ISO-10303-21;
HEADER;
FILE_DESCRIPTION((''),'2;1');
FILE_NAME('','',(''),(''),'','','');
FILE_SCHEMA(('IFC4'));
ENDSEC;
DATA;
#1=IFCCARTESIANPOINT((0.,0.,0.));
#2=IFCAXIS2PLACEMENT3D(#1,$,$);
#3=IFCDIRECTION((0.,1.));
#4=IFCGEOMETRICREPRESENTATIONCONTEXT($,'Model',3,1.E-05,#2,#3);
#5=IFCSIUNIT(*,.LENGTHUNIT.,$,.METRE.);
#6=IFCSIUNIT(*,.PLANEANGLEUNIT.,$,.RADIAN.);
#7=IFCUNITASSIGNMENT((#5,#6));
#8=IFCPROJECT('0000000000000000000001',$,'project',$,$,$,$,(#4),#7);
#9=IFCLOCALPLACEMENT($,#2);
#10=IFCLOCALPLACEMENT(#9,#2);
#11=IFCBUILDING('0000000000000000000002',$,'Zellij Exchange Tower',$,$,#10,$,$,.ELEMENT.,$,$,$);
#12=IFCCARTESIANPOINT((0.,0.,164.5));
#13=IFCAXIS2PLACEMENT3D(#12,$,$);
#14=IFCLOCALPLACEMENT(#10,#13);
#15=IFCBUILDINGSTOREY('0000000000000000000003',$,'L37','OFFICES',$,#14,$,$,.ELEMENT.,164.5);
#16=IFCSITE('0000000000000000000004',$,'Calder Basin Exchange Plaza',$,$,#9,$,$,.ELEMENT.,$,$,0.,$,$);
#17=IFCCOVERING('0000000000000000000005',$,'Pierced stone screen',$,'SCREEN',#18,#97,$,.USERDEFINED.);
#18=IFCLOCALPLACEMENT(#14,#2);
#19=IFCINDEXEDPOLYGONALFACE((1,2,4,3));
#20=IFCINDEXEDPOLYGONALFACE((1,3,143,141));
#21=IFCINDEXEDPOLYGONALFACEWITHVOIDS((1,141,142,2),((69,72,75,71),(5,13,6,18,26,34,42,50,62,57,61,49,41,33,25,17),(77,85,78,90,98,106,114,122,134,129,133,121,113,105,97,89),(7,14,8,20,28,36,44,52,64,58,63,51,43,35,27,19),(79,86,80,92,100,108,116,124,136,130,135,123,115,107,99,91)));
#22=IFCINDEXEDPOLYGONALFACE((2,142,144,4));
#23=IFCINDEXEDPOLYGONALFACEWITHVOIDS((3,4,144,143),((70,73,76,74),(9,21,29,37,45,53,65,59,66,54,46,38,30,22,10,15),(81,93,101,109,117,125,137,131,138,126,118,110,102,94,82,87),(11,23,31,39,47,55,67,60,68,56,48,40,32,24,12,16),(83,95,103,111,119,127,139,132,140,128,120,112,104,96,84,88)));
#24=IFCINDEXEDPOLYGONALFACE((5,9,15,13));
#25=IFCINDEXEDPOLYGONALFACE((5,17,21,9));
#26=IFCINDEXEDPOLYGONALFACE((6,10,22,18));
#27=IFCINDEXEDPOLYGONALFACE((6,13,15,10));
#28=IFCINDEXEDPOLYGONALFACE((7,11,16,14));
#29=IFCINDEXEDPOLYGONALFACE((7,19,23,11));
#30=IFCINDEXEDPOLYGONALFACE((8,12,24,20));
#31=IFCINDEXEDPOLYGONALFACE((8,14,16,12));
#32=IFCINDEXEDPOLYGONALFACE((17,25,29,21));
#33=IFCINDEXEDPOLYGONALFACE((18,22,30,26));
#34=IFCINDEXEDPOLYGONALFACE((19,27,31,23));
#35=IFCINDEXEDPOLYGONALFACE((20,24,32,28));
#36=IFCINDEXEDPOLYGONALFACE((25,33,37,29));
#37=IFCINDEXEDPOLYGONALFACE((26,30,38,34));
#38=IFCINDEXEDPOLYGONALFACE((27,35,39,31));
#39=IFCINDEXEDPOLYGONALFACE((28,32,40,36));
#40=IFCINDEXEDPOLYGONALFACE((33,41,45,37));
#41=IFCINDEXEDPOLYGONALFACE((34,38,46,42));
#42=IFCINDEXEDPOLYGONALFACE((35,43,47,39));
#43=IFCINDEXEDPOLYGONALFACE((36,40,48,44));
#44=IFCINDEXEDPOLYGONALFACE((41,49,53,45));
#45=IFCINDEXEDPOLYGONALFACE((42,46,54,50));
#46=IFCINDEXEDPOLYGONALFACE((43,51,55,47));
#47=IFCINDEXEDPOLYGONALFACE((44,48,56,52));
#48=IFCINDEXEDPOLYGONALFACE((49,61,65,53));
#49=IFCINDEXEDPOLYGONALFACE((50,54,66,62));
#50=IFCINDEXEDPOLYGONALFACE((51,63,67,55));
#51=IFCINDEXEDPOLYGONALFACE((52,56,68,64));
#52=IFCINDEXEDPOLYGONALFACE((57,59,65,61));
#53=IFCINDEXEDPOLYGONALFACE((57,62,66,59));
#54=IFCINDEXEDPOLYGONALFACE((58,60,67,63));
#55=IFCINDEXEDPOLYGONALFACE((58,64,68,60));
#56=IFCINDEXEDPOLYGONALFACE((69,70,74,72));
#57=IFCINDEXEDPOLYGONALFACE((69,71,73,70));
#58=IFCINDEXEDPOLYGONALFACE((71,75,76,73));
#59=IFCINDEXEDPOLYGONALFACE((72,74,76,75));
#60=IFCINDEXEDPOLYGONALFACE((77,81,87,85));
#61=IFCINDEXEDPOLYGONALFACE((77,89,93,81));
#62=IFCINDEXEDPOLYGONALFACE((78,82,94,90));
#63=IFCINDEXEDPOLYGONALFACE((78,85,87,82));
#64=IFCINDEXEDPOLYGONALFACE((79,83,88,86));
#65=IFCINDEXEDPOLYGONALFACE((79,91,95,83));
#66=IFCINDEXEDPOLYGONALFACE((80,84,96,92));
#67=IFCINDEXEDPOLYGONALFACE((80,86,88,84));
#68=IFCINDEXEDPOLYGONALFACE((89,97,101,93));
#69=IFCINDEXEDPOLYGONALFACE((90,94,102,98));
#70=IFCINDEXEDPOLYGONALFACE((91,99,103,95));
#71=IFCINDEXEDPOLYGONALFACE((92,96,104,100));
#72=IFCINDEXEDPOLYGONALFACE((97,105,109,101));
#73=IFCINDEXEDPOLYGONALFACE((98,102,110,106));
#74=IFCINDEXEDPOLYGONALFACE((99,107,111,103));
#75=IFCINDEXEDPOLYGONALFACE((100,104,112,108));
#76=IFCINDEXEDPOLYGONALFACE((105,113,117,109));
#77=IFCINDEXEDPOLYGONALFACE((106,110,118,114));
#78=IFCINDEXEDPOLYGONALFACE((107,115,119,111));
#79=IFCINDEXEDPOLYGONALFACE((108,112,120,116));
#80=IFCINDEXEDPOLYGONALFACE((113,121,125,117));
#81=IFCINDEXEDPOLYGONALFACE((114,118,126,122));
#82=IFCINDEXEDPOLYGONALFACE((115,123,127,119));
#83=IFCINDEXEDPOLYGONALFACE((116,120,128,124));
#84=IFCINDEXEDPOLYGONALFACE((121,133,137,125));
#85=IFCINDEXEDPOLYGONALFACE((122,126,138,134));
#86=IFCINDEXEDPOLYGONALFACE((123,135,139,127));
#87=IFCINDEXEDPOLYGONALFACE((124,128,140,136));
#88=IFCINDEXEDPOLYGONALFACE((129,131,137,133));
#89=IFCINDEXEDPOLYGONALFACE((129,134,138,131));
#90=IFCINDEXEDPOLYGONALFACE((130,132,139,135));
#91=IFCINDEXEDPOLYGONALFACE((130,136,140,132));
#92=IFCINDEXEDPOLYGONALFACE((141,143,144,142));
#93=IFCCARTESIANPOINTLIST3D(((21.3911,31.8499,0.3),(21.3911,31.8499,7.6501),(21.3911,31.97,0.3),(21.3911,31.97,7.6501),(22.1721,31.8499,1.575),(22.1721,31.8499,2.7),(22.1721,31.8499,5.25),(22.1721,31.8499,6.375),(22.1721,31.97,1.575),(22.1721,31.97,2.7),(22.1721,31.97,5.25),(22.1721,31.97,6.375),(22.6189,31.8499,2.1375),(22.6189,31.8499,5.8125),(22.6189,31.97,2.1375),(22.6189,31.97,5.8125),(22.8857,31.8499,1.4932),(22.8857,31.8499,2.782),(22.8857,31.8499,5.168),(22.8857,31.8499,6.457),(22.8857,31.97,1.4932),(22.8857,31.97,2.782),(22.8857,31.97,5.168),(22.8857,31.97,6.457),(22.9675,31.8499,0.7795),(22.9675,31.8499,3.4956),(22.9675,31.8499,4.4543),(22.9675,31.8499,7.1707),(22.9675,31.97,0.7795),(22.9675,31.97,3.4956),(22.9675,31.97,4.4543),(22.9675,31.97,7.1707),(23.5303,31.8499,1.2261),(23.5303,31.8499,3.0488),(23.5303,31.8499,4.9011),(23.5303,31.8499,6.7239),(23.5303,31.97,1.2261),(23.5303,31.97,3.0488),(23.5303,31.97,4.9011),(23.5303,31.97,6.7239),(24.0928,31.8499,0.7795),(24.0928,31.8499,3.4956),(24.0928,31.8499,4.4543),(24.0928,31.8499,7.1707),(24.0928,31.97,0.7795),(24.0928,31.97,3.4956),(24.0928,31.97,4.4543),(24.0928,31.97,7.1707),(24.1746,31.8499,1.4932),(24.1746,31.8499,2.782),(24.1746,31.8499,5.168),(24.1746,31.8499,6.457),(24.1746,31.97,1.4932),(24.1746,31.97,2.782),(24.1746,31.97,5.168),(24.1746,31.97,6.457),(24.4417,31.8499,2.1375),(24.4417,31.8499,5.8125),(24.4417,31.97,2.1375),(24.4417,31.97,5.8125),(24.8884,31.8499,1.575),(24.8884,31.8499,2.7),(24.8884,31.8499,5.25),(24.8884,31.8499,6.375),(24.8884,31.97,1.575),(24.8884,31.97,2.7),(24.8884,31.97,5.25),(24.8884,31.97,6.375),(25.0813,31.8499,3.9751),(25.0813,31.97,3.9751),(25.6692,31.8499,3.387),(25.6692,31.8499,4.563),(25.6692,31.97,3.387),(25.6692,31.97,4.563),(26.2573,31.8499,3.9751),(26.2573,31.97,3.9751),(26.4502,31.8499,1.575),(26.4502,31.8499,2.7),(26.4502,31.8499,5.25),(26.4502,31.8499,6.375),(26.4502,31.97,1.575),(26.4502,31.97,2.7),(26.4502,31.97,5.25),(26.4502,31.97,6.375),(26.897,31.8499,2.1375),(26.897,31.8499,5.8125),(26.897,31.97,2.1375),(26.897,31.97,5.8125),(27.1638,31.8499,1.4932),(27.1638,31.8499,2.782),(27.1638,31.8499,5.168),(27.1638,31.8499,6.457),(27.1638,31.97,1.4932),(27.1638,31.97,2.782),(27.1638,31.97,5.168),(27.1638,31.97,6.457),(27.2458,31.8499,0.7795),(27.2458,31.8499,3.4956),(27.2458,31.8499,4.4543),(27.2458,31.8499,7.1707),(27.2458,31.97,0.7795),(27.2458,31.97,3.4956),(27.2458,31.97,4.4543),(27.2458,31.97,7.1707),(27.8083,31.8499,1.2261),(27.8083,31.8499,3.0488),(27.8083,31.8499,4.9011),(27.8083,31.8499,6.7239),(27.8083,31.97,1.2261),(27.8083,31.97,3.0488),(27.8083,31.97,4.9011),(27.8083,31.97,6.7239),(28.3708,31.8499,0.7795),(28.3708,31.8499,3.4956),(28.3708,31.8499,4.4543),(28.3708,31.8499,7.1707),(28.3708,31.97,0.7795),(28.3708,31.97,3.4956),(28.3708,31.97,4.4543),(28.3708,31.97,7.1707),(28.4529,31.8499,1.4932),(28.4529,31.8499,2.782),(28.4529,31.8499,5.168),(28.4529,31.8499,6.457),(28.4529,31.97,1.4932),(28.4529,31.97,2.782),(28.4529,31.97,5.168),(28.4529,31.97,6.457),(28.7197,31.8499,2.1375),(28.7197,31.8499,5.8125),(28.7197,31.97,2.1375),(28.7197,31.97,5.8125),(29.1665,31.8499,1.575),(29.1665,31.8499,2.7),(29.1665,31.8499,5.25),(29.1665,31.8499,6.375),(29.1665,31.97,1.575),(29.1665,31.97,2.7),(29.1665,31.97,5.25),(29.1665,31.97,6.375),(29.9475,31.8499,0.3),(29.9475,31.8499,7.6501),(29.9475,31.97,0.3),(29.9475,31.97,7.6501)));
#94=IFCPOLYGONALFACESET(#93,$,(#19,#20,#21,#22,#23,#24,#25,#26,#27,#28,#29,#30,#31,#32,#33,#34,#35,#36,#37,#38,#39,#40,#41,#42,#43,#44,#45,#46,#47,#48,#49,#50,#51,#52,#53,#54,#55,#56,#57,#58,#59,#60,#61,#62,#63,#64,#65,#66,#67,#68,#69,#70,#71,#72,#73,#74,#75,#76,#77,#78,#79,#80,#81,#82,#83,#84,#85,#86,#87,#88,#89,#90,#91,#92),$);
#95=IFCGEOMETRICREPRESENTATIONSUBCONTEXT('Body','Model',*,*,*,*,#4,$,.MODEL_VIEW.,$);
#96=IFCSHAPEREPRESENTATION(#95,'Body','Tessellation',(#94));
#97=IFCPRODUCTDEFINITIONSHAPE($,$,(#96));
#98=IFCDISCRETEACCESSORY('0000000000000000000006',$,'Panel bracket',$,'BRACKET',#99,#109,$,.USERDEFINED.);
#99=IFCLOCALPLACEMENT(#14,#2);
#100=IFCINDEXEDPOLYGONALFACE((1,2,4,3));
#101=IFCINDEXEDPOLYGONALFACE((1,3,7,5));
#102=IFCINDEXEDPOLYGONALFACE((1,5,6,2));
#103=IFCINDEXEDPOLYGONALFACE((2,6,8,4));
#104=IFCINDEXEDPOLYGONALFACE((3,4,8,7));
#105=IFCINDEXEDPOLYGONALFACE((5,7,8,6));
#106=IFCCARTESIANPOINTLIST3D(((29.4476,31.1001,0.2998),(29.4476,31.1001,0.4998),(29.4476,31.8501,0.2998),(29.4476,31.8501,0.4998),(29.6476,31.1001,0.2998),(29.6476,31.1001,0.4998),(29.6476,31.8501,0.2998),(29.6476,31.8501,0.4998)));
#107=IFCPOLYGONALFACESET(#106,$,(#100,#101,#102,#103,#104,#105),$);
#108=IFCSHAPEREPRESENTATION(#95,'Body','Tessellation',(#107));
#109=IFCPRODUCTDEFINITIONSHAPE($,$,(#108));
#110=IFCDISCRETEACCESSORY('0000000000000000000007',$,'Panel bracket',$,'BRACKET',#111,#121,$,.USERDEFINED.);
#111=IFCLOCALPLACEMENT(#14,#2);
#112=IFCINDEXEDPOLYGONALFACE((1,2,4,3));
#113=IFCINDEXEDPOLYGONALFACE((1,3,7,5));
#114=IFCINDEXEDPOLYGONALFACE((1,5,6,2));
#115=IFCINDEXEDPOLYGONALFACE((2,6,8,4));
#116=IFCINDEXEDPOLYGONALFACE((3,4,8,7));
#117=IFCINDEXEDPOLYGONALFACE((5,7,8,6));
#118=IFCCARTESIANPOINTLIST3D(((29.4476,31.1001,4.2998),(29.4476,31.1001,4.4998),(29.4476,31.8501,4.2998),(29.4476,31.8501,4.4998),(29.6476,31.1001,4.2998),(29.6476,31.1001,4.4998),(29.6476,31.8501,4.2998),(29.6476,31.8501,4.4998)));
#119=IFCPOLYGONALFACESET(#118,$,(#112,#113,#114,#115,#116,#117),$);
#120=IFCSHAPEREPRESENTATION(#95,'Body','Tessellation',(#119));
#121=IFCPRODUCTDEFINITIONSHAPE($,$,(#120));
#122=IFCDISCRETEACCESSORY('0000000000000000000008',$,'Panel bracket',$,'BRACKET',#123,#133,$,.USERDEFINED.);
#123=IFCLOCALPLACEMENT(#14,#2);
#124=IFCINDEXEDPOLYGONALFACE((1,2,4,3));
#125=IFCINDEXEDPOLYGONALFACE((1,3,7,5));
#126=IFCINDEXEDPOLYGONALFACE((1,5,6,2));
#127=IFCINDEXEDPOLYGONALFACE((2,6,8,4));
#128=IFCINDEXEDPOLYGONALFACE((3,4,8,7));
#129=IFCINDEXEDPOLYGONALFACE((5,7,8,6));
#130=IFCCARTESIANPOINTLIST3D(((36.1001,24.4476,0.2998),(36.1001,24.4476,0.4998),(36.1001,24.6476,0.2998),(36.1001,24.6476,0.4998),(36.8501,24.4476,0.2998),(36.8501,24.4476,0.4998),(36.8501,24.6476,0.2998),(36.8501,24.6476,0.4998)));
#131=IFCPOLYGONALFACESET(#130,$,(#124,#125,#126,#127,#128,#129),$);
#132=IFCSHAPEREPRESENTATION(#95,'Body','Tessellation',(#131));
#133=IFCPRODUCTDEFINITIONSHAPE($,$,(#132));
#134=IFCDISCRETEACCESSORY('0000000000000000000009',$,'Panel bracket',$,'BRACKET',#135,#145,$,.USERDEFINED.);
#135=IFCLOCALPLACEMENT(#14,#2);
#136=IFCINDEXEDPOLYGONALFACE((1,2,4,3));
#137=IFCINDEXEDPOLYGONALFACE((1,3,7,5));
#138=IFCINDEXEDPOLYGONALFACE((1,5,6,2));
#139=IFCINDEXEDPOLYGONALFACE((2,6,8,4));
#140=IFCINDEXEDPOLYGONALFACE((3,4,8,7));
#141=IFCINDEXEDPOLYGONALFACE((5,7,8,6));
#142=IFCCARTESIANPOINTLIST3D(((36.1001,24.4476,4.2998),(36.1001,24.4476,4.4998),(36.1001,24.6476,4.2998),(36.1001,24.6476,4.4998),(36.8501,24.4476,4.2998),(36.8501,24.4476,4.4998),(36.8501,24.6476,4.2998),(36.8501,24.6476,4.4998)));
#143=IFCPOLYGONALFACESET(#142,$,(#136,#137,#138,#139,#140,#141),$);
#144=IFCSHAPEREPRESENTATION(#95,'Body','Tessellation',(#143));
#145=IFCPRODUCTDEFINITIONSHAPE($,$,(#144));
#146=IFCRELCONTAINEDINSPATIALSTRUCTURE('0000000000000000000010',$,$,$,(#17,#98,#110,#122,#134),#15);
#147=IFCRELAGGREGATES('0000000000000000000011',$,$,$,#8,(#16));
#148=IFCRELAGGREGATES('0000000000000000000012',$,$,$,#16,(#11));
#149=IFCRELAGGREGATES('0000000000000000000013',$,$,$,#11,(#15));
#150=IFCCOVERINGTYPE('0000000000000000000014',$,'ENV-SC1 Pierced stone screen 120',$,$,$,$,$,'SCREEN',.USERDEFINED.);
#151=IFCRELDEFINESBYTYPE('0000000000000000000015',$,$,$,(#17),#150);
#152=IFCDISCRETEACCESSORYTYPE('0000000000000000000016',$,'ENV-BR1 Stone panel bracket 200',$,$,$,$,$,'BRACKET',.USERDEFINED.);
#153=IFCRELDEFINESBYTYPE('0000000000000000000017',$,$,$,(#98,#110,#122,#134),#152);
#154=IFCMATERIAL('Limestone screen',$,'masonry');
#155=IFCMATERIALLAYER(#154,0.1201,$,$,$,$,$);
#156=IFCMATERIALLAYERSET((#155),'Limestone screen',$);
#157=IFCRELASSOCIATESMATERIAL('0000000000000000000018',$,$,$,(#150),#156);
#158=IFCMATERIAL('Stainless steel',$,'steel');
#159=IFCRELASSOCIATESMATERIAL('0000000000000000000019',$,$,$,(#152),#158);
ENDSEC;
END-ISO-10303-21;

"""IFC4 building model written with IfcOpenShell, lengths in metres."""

from ifc_helpers import new_model, si_unit, direction, frame, origin, origin_2d, place, context, subcontext, project, spatial, polyline, rectangle, outline, extrude, material, layer, layer_set, type_object, element, save


model = new_model("IFC4")

# Units and contexts
model_context = context("Model", 3, precision=1e-05, world=origin(), true_north=direction((0.0, 1.0)))
body_context = subcontext(model_context, "Body", "Model", "MODEL_VIEW")
ifc_project = project(units=[si_unit("LENGTHUNIT", "METRE"), si_unit("PLANEANGLEUNIT", "RADIAN")], contexts=[model_context])

# Site, building, storey
site_placement = place(None, origin())
site = spatial("IfcSite", under=ifc_project, at=site_placement, Name="Calder Basin Exchange Plaza", CompositionType="ELEMENT", RefElevation=0.0)
building_placement = place(site_placement, origin())
building = spatial("IfcBuilding", under=site, at=building_placement, Name="Zellij Exchange Tower", CompositionType="ELEMENT")
storey_placement = place(building_placement, frame((0.0, 0.0, 164.5)))
storey = spatial("IfcBuildingStorey", under=building, at=storey_placement, Name="L37", Description="OFFICES", CompositionType="ELEMENT", Elevation=164.5)

# Covering
ifc_material_1 = material(Name="Limestone screen", Category="masonry")
ifc_layer_1 = layer(ifc_material_1, 0.1201)
ifc_layer_set_1 = layer_set([ifc_layer_1], Name="Limestone screen")
covering_type = type_object("IfcCoveringType", Name="ENV-SC1 Pierced stone screen 120", ElementType="SCREEN", PredefinedType="USERDEFINED", material=ifc_layer_set_1)
covering_placement = place(storey_placement, frame((29.9475, 31.9099, 0.3), z_axis=(0.0, 0.0, 1.0), x_axis=(-1.0, 0.0, 0.0)))
element("IfcCovering", 1, at=covering_placement, inside=storey, type_object=covering_type, Name="Pierced stone screen", ObjectType="SCREEN", PredefinedType="USERDEFINED", context=body_context, shape_type="SweptSolid", body=[
    extrude(outline(polyline([(0.0, 0.0), (8.5564, 0.0), (8.5564, 7.3501), (0.0, 7.3501), (0.0, 0.0)]), holes=[polyline([(3.4973, 2.3999), (2.7837, 2.4819), (2.7017, 3.1956), (2.1392, 2.7488), (1.5767, 3.1956), (1.4946, 2.4819), (0.781, 2.3999), (1.2278, 1.8374), (0.781, 1.2749), (1.4946, 1.1931), (1.5767, 0.4795), (2.1392, 0.926), (2.7017, 0.4795), (2.7837, 1.1931), (3.4973, 1.2749), (3.0505, 1.8374), (3.4973, 2.3999)]), polyline([(3.4973, 6.075), (2.7837, 6.157), (2.7017, 6.8706), (2.1392, 6.4238), (1.5767, 6.8706), (1.4946, 6.157), (0.781, 6.075), (1.2278, 5.5125), (0.781, 4.95), (1.4946, 4.8679), (1.5767, 4.1543), (2.1392, 4.6011), (2.7017, 4.1543), (2.7837, 4.8679), (3.4973, 4.95), (3.0505, 5.5125), (3.4973, 6.075)]), polyline([(7.7754, 2.3999), (7.0618, 2.4819), (6.98, 3.1956), (6.4172, 2.7488), (5.8547, 3.1956), (5.7729, 2.4819), (5.0591, 2.3999), (5.5059, 1.8374), (5.0591, 1.2749), (5.7729, 1.1931), (5.8547, 0.4795), (6.4172, 0.926), (6.98, 0.4795), (7.0618, 1.1931), (7.7754, 1.2749), (7.3286, 1.8374), (7.7754, 2.3999)]), polyline([(7.7754, 6.075), (7.0618, 6.157), (6.98, 6.8706), (6.4172, 6.4238), (5.8547, 6.8706), (5.7729, 6.157), (5.0591, 6.075), (5.5059, 5.5125), (5.0591, 4.95), (5.7729, 4.8679), (5.8547, 4.1543), (6.4172, 4.6011), (6.98, 4.1543), (7.0618, 4.8679), (7.7754, 4.95), (7.3286, 5.5125), (7.7754, 6.075)]), polyline([(4.8662, 3.675), (4.2783, 4.2629), (3.6902, 3.675), (4.2783, 3.0869), (4.8662, 3.675)])]), frame((0.0, 0.0601, 0.0), z_axis=(0.0, -1.0, 0.0), x_axis=(1.0, 0.0, 0.0)), (0.0, 0.0, 1.0), 0.1201),
])

# Discrete accessories
ifc_material_2 = material(Name="Stainless steel", Category="steel")
discrete_accessory_type = type_object("IfcDiscreteAccessoryType", Name="ENV-BR1 Stone panel bracket 200", ElementType="BRACKET", PredefinedType="USERDEFINED", material=ifc_material_2)
for number, where, z_axis, x_axis, name in (
    (2, (29.5476, 31.4751, 0.2998), (0.0, 0.0, 1.0), (-1.0, 0.0, 0.0), "Panel bracket"),
    (3, (29.5476, 31.4751, 4.2998), (0.0, 0.0, 1.0), (-1.0, 0.0, 0.0), "Panel bracket"),
    (4, (36.4751, 24.5476, 0.2998), (0.0, 0.0, 1.0), (0.0, 1.0, 0.0), "Panel bracket"),
    (5, (36.4751, 24.5476, 4.2998), (0.0, 0.0, 1.0), (0.0, 1.0, 0.0), "Panel bracket"),
):
    element("IfcDiscreteAccessory", number, at=place(storey_placement, frame(where, z_axis=z_axis, x_axis=x_axis)), inside=storey, type_object=discrete_accessory_type, Name=name, ObjectType="BRACKET", PredefinedType="USERDEFINED", context=body_context, shape_type="SweptSolid", body=[
        extrude(rectangle(XDim=0.2, YDim=0.75, at=origin_2d()), origin(), (0.0, 0.0, 1.0), 0.2),
    ])

save(model, "model.ifc")
